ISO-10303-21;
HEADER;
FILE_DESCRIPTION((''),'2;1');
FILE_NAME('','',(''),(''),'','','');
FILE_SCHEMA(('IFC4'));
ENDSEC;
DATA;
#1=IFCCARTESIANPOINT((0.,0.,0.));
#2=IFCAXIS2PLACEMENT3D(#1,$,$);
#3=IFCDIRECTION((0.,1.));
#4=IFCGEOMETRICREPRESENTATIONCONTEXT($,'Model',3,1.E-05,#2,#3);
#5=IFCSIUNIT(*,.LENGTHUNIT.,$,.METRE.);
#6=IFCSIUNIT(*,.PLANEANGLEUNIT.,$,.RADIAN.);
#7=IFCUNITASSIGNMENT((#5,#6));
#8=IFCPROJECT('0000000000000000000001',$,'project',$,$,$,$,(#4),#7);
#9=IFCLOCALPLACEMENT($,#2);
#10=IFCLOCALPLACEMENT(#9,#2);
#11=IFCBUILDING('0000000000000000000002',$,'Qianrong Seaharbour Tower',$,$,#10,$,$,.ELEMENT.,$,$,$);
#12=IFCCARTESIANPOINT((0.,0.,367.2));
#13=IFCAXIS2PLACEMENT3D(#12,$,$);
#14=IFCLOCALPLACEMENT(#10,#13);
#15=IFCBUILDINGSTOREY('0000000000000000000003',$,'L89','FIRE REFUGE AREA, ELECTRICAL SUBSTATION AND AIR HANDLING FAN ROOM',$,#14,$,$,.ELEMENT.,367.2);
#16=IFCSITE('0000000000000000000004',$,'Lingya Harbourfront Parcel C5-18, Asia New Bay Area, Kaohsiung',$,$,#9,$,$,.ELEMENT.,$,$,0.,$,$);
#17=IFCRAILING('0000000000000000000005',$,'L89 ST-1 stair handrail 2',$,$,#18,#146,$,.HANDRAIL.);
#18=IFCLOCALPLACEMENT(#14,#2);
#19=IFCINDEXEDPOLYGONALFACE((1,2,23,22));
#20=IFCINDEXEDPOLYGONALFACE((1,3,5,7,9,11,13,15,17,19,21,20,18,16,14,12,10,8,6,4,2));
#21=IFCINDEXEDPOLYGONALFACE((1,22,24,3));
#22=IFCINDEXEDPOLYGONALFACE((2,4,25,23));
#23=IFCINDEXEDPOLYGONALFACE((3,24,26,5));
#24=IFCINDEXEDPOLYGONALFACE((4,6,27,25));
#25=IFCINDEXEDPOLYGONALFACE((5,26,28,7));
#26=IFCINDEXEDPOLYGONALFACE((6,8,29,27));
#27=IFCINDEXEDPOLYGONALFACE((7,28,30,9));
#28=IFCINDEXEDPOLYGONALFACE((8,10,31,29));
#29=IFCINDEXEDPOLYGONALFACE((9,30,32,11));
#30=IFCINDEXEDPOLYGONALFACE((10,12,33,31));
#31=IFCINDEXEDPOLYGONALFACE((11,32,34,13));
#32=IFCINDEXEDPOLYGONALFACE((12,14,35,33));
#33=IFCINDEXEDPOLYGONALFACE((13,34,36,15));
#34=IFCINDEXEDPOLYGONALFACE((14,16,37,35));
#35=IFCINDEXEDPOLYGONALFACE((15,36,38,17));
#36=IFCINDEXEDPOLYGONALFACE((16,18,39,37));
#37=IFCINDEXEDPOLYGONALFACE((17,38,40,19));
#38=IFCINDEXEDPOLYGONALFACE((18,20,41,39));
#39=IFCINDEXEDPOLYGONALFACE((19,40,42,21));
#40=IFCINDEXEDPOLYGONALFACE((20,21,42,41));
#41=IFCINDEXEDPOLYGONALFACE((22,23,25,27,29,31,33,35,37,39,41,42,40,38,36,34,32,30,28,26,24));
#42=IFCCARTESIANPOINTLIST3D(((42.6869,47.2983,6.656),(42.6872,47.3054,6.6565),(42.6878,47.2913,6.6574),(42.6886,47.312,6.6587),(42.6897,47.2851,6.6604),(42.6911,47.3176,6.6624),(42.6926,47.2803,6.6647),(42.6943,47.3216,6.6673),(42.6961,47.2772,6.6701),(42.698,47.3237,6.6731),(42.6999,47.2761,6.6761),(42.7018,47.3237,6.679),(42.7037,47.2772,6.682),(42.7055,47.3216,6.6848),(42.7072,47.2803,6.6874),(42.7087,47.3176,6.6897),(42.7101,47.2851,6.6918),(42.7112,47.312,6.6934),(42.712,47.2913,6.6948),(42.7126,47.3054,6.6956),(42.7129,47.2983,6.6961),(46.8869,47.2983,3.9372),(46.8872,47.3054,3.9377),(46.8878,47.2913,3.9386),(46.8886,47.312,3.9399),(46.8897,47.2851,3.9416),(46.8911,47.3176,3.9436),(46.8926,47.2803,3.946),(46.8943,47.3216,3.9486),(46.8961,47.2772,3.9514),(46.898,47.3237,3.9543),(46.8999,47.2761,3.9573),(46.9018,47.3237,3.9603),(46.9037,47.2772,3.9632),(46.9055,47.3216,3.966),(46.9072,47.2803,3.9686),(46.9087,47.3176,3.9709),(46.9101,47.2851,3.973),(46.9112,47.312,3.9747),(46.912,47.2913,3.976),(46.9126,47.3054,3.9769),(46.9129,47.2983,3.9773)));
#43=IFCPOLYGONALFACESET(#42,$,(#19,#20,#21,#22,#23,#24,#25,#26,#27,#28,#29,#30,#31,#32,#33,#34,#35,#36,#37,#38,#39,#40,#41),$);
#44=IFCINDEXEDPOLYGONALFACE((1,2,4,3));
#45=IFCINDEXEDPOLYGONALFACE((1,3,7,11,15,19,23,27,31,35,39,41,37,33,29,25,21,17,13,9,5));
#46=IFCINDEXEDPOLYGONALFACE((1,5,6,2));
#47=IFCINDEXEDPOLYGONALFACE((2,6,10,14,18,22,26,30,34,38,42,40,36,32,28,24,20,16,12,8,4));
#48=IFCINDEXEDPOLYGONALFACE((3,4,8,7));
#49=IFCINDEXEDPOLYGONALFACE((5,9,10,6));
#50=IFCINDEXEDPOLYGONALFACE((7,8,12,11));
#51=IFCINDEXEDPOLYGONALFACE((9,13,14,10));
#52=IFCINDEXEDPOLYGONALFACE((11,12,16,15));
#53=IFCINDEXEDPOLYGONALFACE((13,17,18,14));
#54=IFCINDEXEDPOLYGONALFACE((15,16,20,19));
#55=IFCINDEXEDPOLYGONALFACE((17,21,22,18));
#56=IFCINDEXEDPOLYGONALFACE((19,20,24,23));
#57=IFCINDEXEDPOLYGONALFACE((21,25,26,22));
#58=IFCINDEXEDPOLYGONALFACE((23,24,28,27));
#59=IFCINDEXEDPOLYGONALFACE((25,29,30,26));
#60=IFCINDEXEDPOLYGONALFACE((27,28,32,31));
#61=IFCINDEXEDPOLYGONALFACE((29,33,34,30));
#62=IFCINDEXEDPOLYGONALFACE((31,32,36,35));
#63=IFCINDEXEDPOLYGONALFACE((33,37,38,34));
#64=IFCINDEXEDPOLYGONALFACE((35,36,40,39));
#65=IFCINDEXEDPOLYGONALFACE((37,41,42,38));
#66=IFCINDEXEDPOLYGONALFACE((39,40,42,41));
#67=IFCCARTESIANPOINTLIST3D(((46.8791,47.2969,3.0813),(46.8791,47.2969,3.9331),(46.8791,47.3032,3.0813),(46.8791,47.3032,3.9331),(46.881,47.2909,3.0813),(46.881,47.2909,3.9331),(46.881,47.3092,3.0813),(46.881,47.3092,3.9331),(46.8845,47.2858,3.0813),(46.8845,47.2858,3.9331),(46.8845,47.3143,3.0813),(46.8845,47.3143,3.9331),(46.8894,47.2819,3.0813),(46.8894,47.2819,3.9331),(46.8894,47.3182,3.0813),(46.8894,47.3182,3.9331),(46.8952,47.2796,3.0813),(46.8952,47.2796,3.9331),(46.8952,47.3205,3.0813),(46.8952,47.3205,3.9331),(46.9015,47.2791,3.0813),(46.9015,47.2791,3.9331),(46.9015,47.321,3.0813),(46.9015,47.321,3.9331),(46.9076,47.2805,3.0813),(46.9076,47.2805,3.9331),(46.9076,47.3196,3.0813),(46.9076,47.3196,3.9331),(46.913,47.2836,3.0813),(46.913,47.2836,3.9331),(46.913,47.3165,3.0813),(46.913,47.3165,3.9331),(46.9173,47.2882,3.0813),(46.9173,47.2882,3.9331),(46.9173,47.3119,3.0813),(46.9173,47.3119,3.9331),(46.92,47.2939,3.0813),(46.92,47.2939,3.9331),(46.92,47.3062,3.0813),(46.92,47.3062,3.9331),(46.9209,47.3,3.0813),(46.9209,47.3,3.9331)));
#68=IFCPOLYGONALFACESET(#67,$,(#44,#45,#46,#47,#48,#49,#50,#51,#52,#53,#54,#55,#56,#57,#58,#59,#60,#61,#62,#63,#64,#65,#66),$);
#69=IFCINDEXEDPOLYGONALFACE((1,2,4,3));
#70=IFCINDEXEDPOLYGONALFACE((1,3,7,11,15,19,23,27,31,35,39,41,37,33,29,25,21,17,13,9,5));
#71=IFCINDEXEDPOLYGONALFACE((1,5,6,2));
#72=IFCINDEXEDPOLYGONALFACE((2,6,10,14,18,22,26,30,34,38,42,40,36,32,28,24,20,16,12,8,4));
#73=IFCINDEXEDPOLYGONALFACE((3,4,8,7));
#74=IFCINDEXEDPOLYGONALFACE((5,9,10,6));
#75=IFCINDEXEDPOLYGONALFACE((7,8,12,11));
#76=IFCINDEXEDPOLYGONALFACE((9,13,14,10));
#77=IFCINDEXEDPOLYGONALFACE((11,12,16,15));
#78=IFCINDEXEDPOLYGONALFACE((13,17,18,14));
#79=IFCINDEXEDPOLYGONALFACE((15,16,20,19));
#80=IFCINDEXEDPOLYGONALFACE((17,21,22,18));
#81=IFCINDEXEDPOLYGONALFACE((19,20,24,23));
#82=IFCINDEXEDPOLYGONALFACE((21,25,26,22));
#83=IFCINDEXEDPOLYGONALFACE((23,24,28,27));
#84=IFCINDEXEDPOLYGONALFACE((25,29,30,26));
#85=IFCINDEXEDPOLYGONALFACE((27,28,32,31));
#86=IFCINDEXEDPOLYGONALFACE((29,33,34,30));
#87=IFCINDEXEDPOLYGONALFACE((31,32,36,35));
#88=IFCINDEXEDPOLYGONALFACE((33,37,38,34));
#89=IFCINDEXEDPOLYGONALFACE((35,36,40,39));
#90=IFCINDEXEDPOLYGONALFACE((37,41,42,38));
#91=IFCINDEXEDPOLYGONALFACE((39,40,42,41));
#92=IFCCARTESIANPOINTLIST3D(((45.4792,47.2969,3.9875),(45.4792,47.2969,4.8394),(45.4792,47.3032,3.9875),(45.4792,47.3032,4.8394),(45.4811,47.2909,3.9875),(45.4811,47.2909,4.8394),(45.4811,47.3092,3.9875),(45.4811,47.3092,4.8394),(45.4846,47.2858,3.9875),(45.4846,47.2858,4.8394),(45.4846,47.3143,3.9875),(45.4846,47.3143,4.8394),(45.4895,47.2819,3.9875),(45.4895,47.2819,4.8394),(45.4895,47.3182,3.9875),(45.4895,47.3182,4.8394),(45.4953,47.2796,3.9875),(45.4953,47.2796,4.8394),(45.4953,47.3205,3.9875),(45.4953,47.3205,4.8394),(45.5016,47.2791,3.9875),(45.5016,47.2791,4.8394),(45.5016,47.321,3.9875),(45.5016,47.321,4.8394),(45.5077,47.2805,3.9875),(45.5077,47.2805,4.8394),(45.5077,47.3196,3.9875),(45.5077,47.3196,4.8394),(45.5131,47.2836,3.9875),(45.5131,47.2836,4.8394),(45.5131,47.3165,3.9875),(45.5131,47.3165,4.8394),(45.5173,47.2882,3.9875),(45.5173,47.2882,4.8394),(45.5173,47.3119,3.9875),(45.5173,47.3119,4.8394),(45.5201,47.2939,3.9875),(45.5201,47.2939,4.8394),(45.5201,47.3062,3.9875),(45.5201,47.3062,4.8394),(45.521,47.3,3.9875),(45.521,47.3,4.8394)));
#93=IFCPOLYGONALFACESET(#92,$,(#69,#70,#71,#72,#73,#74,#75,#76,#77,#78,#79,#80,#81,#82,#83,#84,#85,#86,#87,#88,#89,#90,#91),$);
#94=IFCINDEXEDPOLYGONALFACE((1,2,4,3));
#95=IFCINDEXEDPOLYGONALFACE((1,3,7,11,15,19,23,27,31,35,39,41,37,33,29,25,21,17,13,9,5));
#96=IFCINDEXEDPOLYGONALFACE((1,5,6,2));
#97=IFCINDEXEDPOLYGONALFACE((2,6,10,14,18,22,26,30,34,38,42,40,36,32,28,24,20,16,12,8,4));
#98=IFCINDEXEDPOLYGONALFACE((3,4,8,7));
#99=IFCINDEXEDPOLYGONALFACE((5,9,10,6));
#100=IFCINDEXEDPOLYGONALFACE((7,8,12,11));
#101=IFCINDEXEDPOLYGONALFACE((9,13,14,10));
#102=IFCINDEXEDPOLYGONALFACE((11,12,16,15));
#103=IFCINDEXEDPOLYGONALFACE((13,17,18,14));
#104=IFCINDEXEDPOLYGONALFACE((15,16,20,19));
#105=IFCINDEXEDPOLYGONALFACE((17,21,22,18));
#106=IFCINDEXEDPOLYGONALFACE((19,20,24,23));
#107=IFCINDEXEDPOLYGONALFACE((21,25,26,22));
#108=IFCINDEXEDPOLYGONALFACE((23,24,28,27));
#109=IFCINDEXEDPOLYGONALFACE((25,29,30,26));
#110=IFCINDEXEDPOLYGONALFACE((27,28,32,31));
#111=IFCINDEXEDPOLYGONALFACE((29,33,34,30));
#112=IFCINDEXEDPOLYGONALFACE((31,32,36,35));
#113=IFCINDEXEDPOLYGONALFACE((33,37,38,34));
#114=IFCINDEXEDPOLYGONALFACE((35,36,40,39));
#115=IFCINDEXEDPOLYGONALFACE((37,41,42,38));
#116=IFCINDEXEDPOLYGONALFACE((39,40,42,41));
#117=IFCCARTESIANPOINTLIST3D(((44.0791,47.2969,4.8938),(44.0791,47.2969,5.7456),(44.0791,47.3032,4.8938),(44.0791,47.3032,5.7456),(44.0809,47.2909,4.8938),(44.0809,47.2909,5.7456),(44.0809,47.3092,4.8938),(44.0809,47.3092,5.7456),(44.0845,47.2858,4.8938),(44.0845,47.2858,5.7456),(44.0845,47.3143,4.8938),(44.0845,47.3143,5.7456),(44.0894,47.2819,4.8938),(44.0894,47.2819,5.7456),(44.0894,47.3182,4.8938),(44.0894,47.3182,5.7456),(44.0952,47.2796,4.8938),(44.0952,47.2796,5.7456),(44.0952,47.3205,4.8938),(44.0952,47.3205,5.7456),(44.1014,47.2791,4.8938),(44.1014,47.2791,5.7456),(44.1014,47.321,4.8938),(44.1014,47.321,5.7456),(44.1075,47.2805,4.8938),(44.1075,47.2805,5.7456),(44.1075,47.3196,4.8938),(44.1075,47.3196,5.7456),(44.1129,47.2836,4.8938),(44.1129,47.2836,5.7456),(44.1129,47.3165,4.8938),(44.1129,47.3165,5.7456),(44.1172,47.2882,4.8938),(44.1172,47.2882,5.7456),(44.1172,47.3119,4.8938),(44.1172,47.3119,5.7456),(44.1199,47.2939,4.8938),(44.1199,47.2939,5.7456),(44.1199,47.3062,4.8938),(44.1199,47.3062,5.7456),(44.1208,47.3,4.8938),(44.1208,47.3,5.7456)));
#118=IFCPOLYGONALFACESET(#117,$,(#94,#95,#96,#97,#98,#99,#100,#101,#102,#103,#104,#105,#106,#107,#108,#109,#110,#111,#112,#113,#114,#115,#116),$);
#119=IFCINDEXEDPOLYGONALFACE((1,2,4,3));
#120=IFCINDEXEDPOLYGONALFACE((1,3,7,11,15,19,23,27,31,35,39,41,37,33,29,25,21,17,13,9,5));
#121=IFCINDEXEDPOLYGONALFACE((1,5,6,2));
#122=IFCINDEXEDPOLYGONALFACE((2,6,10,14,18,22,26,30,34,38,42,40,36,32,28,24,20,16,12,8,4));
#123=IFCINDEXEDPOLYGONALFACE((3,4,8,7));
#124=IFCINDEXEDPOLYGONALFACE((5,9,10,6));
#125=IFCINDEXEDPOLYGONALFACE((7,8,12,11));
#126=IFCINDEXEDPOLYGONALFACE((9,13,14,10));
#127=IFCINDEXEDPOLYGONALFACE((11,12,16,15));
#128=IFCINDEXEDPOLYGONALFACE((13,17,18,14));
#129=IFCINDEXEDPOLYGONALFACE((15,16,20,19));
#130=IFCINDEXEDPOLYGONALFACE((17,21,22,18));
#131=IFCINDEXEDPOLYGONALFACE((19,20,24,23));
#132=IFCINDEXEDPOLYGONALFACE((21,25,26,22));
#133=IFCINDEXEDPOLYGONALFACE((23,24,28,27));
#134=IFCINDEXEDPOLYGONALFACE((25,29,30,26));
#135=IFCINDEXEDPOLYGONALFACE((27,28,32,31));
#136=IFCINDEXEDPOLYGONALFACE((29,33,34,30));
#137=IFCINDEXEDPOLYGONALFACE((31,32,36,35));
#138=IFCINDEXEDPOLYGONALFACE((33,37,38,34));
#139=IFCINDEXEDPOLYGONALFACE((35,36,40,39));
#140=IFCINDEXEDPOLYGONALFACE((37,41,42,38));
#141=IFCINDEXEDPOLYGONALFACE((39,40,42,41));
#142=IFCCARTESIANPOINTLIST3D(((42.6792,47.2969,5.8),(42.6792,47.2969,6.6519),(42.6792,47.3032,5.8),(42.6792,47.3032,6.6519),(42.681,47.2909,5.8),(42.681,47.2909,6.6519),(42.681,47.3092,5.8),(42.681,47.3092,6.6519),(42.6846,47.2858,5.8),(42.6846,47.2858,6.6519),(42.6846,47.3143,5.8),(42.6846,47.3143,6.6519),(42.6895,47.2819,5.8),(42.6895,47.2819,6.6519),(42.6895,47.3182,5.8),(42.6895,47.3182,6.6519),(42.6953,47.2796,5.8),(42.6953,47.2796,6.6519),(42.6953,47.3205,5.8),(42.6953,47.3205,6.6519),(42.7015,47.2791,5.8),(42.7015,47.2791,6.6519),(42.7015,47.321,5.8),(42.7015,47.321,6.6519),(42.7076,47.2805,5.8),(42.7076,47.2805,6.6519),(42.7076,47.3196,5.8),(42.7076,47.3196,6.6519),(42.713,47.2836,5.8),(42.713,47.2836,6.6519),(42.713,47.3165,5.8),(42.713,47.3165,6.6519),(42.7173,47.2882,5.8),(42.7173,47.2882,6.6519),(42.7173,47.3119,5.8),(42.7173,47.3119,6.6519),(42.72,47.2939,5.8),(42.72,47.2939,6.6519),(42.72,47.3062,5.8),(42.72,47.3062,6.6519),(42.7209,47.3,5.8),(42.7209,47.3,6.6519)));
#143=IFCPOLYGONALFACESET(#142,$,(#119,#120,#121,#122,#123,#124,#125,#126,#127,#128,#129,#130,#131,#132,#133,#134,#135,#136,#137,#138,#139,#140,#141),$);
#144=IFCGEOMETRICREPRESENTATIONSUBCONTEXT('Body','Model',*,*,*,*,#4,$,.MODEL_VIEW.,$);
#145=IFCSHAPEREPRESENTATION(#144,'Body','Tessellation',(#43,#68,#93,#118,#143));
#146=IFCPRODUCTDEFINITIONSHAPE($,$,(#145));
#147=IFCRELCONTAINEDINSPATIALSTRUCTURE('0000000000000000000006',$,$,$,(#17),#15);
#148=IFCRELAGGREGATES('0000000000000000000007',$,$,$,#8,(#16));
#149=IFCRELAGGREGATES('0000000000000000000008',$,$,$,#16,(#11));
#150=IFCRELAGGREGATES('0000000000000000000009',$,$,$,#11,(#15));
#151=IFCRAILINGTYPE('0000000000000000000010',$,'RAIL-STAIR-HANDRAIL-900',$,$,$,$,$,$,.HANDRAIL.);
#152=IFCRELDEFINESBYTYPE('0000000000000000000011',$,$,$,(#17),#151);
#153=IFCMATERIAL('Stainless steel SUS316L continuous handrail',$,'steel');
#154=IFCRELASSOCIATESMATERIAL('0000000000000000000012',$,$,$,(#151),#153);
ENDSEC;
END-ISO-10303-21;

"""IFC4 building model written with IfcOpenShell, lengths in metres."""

from ifc_helpers import new_model, si_unit, direction, frame, origin, origin_2d, place, context, subcontext, project, spatial, circle, extrude, material, type_object, element, save


model = new_model("IFC4")

# Units and contexts
model_context = context("Model", 3, precision=1e-05, world=origin(), true_north=direction((0.0, 1.0)))
body_context = subcontext(model_context, "Body", "Model", "MODEL_VIEW")
ifc_project = project(units=[si_unit("LENGTHUNIT", "METRE"), si_unit("PLANEANGLEUNIT", "RADIAN")], contexts=[model_context])

# Site, building, storey
site_placement = place(None, origin())
site = spatial("IfcSite", under=ifc_project, at=site_placement, Name="Lingya Harbourfront Parcel C5-18, Asia New Bay Area, Kaohsiung", CompositionType="ELEMENT", RefElevation=0.0)
building_placement = place(site_placement, origin())
building = spatial("IfcBuilding", under=site, at=building_placement, Name="Qianrong Seaharbour Tower", CompositionType="ELEMENT")
storey_placement = place(building_placement, frame((0.0, 0.0, 367.2)))
storey = spatial("IfcBuildingStorey", under=building, at=storey_placement, Name="L89", Description="FIRE REFUGE AREA, ELECTRICAL SUBSTATION AND AIR HANDLING FAN ROOM", CompositionType="ELEMENT", Elevation=367.2)

# Railing
ifc_material_1 = material(Name="Stainless steel SUS316L continuous handrail", Category="steel")
railing_type_1 = type_object("IfcRailingType", Name="RAIL-STAIR-HANDRAIL-900", PredefinedType="HANDRAIL", material=ifc_material_1)
railing_1_placement = place(storey_placement, frame((46.8999, 47.3, 3.0813)))
element("IfcRailing", 1, at=railing_1_placement, inside=storey, type_object=railing_type_1, Name="L89 ST-1 stair handrail 2", PredefinedType="HANDRAIL", context=body_context, shape_type="SweptSolid", body=[
    extrude(circle(Radius=0.0239, at=origin_2d()), frame((0.0, 0.0, 0.876), z_axis=(-0.839467, 0.0, 0.543411), x_axis=(0.0, -1.0, 0.0)), (0.0, 0.0, 1.0), 5.0032),
    extrude(circle(Radius=0.021, at=origin_2d()), origin(), (0.0, 0.0, 1.0), 0.8518),
    extrude(circle(Radius=0.021, at=origin_2d()), frame((-1.3999, 0.0, 0.9062)), (0.0, 0.0, 1.0), 0.8518),
    extrude(circle(Radius=0.021, at=origin_2d()), frame((-2.8, 0.0, 1.8125)), (0.0, 0.0, 1.0), 0.8518),
    extrude(circle(Radius=0.021, at=origin_2d()), frame((-4.2, 0.0, 2.7188)), (0.0, 0.0, 1.0), 0.8518),
])

save(model, "model.ifc")
